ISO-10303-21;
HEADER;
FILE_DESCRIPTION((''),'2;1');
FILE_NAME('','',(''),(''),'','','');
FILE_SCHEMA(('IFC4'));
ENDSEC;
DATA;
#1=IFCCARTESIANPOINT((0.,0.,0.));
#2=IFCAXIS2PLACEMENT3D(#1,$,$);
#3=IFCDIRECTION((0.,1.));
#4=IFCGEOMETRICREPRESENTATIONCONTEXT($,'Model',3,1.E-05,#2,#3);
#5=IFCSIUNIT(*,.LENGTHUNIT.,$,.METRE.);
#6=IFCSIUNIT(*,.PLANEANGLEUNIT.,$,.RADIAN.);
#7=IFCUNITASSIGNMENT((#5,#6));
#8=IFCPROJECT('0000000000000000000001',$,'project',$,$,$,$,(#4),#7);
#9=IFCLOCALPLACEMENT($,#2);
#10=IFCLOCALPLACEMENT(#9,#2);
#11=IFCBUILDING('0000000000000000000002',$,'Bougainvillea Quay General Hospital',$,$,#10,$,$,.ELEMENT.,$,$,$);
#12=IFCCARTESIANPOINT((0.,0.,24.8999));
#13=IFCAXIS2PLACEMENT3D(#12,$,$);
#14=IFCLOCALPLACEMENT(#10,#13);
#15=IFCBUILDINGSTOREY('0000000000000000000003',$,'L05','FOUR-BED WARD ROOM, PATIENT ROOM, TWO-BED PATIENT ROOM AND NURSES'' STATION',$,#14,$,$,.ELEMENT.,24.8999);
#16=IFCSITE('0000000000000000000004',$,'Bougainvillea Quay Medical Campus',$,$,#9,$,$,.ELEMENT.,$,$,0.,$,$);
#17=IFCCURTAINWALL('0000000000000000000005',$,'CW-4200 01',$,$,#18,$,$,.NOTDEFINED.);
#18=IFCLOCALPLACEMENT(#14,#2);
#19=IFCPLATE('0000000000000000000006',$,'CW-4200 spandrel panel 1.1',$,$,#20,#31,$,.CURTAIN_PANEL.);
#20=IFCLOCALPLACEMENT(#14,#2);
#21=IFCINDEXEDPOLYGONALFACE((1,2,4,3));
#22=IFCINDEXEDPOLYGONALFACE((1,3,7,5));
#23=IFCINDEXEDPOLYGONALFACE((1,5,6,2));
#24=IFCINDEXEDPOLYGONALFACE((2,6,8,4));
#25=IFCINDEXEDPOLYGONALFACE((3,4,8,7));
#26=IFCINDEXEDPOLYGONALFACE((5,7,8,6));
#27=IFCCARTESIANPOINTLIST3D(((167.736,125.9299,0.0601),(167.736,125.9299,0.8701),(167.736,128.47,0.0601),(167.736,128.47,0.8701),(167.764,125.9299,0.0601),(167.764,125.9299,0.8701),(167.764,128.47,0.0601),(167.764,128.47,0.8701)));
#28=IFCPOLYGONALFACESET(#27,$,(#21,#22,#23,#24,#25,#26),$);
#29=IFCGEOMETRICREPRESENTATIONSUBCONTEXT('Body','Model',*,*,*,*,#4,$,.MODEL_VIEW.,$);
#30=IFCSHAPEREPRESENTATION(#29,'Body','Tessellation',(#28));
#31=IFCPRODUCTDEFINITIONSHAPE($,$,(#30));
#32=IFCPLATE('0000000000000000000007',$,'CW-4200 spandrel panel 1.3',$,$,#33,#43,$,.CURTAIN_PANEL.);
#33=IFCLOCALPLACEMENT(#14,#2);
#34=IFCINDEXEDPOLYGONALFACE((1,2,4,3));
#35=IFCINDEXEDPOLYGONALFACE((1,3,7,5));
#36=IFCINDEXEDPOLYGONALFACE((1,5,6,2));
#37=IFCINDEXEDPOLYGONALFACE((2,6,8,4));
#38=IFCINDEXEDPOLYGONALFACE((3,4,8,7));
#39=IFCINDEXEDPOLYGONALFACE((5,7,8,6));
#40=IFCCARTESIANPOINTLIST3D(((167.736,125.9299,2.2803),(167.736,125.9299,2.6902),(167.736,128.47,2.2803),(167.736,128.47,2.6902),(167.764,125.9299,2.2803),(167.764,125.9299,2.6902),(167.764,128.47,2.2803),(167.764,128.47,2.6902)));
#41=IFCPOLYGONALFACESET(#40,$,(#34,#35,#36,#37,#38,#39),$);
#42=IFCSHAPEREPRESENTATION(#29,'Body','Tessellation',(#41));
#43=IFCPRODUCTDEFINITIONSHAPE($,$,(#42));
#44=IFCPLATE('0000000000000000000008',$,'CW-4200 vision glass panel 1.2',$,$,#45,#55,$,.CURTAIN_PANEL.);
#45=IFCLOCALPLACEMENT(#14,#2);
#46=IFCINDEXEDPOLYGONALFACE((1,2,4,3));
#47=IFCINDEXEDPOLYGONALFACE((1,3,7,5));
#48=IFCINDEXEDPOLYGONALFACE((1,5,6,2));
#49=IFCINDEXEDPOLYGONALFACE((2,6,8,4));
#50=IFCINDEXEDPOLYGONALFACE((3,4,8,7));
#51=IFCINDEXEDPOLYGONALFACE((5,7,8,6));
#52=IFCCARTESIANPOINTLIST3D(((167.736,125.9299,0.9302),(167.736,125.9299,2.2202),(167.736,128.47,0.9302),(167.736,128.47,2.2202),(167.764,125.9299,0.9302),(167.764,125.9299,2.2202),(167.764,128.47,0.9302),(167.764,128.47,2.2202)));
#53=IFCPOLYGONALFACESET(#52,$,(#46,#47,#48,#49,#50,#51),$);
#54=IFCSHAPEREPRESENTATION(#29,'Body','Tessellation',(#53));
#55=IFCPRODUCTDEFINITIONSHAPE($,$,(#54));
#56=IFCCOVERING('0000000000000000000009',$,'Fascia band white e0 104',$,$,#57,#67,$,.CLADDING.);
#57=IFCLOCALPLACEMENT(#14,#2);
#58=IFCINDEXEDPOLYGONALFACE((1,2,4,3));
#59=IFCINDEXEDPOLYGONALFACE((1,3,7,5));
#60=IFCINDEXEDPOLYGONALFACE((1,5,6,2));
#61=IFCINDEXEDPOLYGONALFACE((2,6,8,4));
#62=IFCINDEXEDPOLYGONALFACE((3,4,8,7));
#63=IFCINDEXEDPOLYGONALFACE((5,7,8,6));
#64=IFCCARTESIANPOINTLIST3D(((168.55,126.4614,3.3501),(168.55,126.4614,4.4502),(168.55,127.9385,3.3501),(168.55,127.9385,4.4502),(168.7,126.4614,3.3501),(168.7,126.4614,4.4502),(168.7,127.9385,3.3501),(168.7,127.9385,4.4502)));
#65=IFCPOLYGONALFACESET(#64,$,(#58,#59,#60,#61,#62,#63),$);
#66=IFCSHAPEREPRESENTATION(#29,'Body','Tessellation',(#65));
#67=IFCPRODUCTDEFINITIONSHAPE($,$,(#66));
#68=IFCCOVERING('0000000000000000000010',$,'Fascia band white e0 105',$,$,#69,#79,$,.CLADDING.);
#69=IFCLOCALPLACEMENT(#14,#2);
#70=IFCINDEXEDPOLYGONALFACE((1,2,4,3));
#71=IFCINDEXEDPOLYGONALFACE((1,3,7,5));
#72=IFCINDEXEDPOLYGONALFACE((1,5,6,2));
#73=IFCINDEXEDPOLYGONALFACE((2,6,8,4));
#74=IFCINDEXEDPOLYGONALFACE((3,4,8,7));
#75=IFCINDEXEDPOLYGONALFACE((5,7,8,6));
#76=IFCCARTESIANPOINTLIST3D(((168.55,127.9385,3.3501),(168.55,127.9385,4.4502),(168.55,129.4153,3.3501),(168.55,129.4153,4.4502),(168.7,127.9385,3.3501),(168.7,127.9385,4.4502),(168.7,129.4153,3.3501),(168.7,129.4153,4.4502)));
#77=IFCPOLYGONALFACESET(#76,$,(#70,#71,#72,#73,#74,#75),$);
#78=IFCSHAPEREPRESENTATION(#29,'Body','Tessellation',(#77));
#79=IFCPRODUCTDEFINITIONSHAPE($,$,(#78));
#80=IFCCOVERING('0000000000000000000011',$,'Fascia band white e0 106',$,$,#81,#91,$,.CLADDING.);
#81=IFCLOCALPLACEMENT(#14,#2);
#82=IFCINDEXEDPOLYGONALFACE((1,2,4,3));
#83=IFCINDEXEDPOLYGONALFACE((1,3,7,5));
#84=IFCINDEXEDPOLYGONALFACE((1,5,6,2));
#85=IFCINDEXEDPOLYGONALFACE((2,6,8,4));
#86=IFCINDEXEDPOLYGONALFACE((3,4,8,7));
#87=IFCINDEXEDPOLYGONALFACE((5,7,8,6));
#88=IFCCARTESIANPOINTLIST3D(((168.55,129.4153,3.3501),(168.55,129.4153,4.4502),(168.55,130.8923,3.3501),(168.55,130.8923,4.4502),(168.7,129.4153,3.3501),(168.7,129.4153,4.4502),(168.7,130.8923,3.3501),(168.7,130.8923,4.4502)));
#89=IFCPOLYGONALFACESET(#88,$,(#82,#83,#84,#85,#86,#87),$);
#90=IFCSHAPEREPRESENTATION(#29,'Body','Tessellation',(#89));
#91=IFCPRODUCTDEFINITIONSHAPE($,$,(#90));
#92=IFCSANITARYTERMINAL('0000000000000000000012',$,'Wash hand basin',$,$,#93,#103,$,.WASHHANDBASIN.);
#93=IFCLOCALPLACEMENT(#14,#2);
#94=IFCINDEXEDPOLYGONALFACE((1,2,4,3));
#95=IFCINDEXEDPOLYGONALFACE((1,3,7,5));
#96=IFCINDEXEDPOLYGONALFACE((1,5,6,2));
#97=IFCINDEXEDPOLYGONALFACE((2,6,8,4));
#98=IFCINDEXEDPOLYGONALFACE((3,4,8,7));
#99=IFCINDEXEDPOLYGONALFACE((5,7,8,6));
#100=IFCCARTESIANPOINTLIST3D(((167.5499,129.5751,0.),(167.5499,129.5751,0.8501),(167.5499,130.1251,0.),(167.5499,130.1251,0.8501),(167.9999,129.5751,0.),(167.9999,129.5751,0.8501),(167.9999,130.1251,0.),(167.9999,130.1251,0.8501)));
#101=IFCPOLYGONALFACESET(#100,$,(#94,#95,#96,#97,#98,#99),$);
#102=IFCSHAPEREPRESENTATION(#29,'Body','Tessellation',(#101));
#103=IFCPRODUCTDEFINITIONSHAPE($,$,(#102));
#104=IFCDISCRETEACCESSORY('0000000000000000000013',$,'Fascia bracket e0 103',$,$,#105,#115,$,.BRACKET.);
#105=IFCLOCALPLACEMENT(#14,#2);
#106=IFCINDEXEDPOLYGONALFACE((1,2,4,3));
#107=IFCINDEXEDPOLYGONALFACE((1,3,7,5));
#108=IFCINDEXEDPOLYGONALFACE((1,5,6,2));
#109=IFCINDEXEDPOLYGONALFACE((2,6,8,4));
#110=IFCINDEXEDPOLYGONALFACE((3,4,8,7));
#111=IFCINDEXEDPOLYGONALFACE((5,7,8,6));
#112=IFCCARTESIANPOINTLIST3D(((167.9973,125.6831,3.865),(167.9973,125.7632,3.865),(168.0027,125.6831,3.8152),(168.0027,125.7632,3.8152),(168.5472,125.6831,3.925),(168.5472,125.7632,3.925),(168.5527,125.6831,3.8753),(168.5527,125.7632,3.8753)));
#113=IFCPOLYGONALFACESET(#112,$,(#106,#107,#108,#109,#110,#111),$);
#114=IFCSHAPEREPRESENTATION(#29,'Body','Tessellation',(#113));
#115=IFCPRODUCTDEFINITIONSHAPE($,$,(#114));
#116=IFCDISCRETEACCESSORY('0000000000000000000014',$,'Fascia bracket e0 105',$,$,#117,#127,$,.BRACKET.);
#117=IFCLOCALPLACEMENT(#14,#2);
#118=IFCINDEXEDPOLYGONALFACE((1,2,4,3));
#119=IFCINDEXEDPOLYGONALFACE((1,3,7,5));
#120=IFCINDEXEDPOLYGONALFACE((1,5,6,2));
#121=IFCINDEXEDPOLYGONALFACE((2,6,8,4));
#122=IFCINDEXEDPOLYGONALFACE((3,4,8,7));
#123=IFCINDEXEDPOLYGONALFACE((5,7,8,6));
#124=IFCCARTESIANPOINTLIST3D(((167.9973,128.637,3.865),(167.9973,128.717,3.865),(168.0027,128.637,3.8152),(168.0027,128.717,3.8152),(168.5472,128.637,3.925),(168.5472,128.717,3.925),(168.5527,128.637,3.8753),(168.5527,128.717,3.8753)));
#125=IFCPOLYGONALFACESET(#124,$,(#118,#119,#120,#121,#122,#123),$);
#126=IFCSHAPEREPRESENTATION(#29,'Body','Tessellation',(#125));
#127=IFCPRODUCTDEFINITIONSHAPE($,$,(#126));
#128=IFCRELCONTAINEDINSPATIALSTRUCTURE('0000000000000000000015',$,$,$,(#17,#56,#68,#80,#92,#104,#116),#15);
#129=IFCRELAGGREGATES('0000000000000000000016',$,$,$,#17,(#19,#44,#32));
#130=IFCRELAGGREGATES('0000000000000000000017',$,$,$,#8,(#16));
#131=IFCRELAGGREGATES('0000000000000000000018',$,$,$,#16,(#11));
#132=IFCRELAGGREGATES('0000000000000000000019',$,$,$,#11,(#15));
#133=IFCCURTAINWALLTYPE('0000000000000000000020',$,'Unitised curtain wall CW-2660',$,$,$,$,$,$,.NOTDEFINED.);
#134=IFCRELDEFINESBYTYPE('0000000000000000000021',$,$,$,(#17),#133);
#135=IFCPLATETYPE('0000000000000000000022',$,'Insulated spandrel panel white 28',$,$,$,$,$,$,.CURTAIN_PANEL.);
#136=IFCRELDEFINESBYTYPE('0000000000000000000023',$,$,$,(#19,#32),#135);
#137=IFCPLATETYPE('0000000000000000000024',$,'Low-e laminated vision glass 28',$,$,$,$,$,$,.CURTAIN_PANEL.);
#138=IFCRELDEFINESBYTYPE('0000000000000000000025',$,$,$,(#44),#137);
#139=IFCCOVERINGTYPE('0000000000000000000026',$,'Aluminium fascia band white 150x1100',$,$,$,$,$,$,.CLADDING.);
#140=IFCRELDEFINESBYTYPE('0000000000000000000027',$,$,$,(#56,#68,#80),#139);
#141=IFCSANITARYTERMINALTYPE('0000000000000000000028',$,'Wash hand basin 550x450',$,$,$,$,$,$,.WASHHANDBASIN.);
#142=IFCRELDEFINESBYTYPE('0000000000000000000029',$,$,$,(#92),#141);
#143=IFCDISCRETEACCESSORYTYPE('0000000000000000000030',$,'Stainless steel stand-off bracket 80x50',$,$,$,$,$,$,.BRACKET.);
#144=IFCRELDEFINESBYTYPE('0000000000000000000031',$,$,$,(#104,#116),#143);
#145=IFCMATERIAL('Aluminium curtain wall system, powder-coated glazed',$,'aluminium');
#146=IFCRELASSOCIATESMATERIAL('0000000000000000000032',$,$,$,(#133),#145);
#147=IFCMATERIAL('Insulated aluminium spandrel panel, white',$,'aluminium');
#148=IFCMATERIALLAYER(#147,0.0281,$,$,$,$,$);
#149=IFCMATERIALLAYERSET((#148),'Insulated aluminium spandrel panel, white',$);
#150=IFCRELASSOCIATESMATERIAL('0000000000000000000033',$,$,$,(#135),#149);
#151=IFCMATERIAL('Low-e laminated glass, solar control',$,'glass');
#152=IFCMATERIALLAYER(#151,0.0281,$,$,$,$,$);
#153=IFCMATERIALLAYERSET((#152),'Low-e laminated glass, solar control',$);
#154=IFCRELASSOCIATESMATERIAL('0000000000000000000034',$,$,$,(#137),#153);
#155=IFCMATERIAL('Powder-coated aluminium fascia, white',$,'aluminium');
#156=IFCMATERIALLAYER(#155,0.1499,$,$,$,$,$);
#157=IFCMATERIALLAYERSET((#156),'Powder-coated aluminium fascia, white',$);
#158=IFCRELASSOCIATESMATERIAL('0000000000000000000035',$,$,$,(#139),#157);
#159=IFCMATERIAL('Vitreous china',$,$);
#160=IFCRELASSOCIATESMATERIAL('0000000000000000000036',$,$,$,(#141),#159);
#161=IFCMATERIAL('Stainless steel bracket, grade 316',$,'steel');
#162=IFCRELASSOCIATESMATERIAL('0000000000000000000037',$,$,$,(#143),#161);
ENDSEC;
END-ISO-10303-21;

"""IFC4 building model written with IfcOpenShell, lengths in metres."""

from ifc_helpers import new_model, si_unit, direction, frame, origin, origin_2d, place, context, subcontext, project, spatial, polyline, rectangle, outline, extrude, material, layer, layer_set, material_profile, profile_set, type_object, element, aggregate, save


model = new_model("IFC4")

# Units and contexts
model_context = context("Model", 3, precision=1e-05, world=origin(), true_north=direction((0.0, 1.0)))
body_context = subcontext(model_context, "Body", "Model", "MODEL_VIEW")
ifc_project = project(units=[si_unit("LENGTHUNIT", "METRE"), si_unit("PLANEANGLEUNIT", "RADIAN")], contexts=[model_context])

# Site, building, storey
site_placement = place(None, origin())
site = spatial("IfcSite", under=ifc_project, at=site_placement, Name="Bougainvillea Quay Medical Campus", CompositionType="ELEMENT", RefElevation=0.0)
building_placement = place(site_placement, origin())
building = spatial("IfcBuilding", under=site, at=building_placement, Name="Bougainvillea Quay General Hospital", CompositionType="ELEMENT")
storey_placement = place(building_placement, frame((0.0, 0.0, 24.8999)))
storey = spatial("IfcBuildingStorey", under=building, at=storey_placement, Name="L05", Description="FOUR-BED WARD ROOM, PATIENT ROOM, TWO-BED PATIENT ROOM AND NURSES' STATION", CompositionType="ELEMENT", Elevation=24.8999)

# Curtain wall
ifc_material_1 = material(Name="Aluminium curtain wall system, powder-coated glazed", Category="aluminium")
curtain_wall_type_1 = type_object("IfcCurtainWallType", Name="Unitised curtain wall CW-2660", PredefinedType="NOTDEFINED", material=ifc_material_1)
curtain_wall_1_placement = place(storey_placement, origin())
curtain_wall_1 = element("IfcCurtainWall", 1, at=curtain_wall_1_placement, inside=storey, type_object=curtain_wall_type_1, Name="CW-4200 01", PredefinedType="NOTDEFINED")

# Plates
ifc_material_2 = material(Name="Insulated aluminium spandrel panel, white", Category="aluminium")
ifc_layer_1 = layer(ifc_material_2, 0.0281)
ifc_layer_set_1 = layer_set([ifc_layer_1], Name="Insulated aluminium spandrel panel, white")
plate_type_1 = type_object("IfcPlateType", Name="Insulated spandrel panel white 28", PredefinedType="CURTAIN_PANEL", material=ifc_layer_set_1)
plate_1_placement = place(storey_placement, frame((167.75, 127.2, 0.0601), z_axis=(0.0, 0.0, 1.0), x_axis=(0.0, 1.0, 0.0)))
plate_1 = element("IfcPlate", 2, at=plate_1_placement, type_object=plate_type_1, Name="CW-4200 spandrel panel 1.1", PredefinedType="CURTAIN_PANEL", context=body_context, shape_type="SweptSolid", body=[
    extrude(rectangle(XDim=2.54, YDim=0.0281, at=origin_2d()), origin(), (0.0, 0.0, 1.0), 0.8101),
])
plate_2_placement = place(storey_placement, frame((167.75, 127.2, 2.2803), z_axis=(0.0, 0.0, 1.0), x_axis=(0.0, 1.0, 0.0)))
plate_2 = element("IfcPlate", 3, at=plate_2_placement, type_object=plate_type_1, Name="CW-4200 spandrel panel 1.3", PredefinedType="CURTAIN_PANEL", context=body_context, shape_type="SweptSolid", body=[
    extrude(rectangle(XDim=2.54, YDim=0.0281, at=origin_2d()), origin(), (0.0, 0.0, 1.0), 0.4099),
])
ifc_material_3 = material(Name="Low-e laminated glass, solar control", Category="glass")
ifc_layer_2 = layer(ifc_material_3, 0.0281)
ifc_layer_set_2 = layer_set([ifc_layer_2], Name="Low-e laminated glass, solar control")
plate_type_2 = type_object("IfcPlateType", Name="Low-e laminated vision glass 28", PredefinedType="CURTAIN_PANEL", material=ifc_layer_set_2)
plate_3_placement = place(storey_placement, frame((167.75, 127.2, 0.9302), z_axis=(0.0, 0.0, 1.0), x_axis=(0.0, 1.0, 0.0)))
plate_3 = element("IfcPlate", 4, at=plate_3_placement, type_object=plate_type_2, Name="CW-4200 vision glass panel 1.2", PredefinedType="CURTAIN_PANEL", context=body_context, shape_type="SweptSolid", body=[
    extrude(rectangle(XDim=2.54, YDim=0.0281, at=origin_2d()), origin(), (0.0, 0.0, 1.0), 1.29),
])
aggregate(curtain_wall_1, [plate_1, plate_3, plate_2])

# Coverings
ifc_material_4 = material(Name="Powder-coated aluminium fascia, white", Category="aluminium")
ifc_layer_3 = layer(ifc_material_4, 0.1499)
ifc_layer_set_3 = layer_set([ifc_layer_3], Name="Powder-coated aluminium fascia, white")
covering_type = type_object("IfcCoveringType", Name="Aluminium fascia band white 150x1100", PredefinedType="CLADDING", material=ifc_layer_set_3)
covering_1_placement = place(storey_placement, frame((168.55, 126.4614, 3.3501), z_axis=(0.0, 0.0, 1.0), x_axis=(0.0, 1.0, 0.0)))
element("IfcCovering", 5, at=covering_1_placement, inside=storey, type_object=covering_type, Name="Fascia band white e0 104", PredefinedType="CLADDING", context=body_context, shape_type="SweptSolid", body=[
    extrude(outline(polyline([(0.0, 0.0), (1.4771, 0.0), (1.4771, -0.1499), (0.0, -0.1499), (0.0, 0.0)])), origin(), (0.0, 0.0, 1.0), 1.1001),
])
covering_2_placement = place(storey_placement, frame((168.55, 127.9385, 3.3501), z_axis=(0.0, 0.0, 1.0), x_axis=(0.0, 1.0, 0.0)))
element("IfcCovering", 6, at=covering_2_placement, inside=storey, type_object=covering_type, Name="Fascia band white e0 105", PredefinedType="CLADDING", context=body_context, shape_type="SweptSolid", body=[
    extrude(outline(polyline([(0.0, 0.0), (1.4768, 0.0), (1.4768, -0.1499), (0.0, -0.1499), (0.0, 0.0)])), origin(), (0.0, 0.0, 1.0), 1.1001),
])
covering_3_placement = place(storey_placement, frame((168.55, 129.4153, 3.3501), z_axis=(0.0, 0.0, 1.0), x_axis=(0.0, 1.0, 0.0)))
element("IfcCovering", 7, at=covering_3_placement, inside=storey, type_object=covering_type, Name="Fascia band white e0 106", PredefinedType="CLADDING", context=body_context, shape_type="SweptSolid", body=[
    extrude(outline(polyline([(0.0, 0.0), (1.4771, 0.0), (1.4771, -0.1499), (0.0, -0.1499), (0.0, 0.0)])), origin(), (0.0, 0.0, 1.0), 1.1001),
])

# Sanitary terminal
ifc_material_5 = material(Name="Vitreous china")
sanitary_terminal_type = type_object("IfcSanitaryTerminalType", Name="Wash hand basin 550x450", PredefinedType="WASHHANDBASIN", material=ifc_material_5)
sanitary_terminal_placement = place(storey_placement, frame((167.7749, 129.8501, 0.0), z_axis=(0.0, 0.0, 1.0), x_axis=(0.0, -1.0, 0.0)))
element("IfcSanitaryTerminal", 8, at=sanitary_terminal_placement, inside=storey, type_object=sanitary_terminal_type, Name="Wash hand basin", PredefinedType="WASHHANDBASIN", context=body_context, shape_type="SweptSolid", body=[
    extrude(rectangle(XDim=0.55, YDim=0.45, at=origin_2d()), origin(), (0.0, 0.0, 1.0), 0.8501),
])

# Discrete accessories
ifc_material_6 = material(Name="Stainless steel bracket, grade 316", Category="steel")
ifc_material_profile_1 = material_profile(ifc_material_6, rectangle(XDim=0.0801, YDim=0.05, at=origin_2d()))
ifc_profile_set_1 = profile_set([ifc_material_profile_1], Name="Stainless steel bracket, grade 316")
discrete_accessory_type = type_object("IfcDiscreteAccessoryType", Name="Stainless steel stand-off bracket 80x50", PredefinedType="BRACKET", material=ifc_profile_set_1)
for number, where, z_axis, x_axis, name in (
    (9, (168.0, 125.7231, 3.8401), (0.994092, 0.0, 0.108543), (0.0, 1.0, 0.0), "Fascia bracket e0 103"),
    (10, (168.0, 128.677, 3.8401), (0.994092, 0.0, 0.108543), (0.0, 1.0, 0.0), "Fascia bracket e0 105"),
):
    element("IfcDiscreteAccessory", number, at=place(storey_placement, frame(where, z_axis=z_axis, x_axis=x_axis)), inside=storey, type_object=discrete_accessory_type, Name=name, PredefinedType="BRACKET", context=body_context, shape_type="SweptSolid", body=[
        extrude(rectangle(XDim=0.0801, YDim=0.05, at=origin_2d()), origin(), (0.0, 0.0, 1.0), 0.5532),
    ])

save(model, "model.ifc")
